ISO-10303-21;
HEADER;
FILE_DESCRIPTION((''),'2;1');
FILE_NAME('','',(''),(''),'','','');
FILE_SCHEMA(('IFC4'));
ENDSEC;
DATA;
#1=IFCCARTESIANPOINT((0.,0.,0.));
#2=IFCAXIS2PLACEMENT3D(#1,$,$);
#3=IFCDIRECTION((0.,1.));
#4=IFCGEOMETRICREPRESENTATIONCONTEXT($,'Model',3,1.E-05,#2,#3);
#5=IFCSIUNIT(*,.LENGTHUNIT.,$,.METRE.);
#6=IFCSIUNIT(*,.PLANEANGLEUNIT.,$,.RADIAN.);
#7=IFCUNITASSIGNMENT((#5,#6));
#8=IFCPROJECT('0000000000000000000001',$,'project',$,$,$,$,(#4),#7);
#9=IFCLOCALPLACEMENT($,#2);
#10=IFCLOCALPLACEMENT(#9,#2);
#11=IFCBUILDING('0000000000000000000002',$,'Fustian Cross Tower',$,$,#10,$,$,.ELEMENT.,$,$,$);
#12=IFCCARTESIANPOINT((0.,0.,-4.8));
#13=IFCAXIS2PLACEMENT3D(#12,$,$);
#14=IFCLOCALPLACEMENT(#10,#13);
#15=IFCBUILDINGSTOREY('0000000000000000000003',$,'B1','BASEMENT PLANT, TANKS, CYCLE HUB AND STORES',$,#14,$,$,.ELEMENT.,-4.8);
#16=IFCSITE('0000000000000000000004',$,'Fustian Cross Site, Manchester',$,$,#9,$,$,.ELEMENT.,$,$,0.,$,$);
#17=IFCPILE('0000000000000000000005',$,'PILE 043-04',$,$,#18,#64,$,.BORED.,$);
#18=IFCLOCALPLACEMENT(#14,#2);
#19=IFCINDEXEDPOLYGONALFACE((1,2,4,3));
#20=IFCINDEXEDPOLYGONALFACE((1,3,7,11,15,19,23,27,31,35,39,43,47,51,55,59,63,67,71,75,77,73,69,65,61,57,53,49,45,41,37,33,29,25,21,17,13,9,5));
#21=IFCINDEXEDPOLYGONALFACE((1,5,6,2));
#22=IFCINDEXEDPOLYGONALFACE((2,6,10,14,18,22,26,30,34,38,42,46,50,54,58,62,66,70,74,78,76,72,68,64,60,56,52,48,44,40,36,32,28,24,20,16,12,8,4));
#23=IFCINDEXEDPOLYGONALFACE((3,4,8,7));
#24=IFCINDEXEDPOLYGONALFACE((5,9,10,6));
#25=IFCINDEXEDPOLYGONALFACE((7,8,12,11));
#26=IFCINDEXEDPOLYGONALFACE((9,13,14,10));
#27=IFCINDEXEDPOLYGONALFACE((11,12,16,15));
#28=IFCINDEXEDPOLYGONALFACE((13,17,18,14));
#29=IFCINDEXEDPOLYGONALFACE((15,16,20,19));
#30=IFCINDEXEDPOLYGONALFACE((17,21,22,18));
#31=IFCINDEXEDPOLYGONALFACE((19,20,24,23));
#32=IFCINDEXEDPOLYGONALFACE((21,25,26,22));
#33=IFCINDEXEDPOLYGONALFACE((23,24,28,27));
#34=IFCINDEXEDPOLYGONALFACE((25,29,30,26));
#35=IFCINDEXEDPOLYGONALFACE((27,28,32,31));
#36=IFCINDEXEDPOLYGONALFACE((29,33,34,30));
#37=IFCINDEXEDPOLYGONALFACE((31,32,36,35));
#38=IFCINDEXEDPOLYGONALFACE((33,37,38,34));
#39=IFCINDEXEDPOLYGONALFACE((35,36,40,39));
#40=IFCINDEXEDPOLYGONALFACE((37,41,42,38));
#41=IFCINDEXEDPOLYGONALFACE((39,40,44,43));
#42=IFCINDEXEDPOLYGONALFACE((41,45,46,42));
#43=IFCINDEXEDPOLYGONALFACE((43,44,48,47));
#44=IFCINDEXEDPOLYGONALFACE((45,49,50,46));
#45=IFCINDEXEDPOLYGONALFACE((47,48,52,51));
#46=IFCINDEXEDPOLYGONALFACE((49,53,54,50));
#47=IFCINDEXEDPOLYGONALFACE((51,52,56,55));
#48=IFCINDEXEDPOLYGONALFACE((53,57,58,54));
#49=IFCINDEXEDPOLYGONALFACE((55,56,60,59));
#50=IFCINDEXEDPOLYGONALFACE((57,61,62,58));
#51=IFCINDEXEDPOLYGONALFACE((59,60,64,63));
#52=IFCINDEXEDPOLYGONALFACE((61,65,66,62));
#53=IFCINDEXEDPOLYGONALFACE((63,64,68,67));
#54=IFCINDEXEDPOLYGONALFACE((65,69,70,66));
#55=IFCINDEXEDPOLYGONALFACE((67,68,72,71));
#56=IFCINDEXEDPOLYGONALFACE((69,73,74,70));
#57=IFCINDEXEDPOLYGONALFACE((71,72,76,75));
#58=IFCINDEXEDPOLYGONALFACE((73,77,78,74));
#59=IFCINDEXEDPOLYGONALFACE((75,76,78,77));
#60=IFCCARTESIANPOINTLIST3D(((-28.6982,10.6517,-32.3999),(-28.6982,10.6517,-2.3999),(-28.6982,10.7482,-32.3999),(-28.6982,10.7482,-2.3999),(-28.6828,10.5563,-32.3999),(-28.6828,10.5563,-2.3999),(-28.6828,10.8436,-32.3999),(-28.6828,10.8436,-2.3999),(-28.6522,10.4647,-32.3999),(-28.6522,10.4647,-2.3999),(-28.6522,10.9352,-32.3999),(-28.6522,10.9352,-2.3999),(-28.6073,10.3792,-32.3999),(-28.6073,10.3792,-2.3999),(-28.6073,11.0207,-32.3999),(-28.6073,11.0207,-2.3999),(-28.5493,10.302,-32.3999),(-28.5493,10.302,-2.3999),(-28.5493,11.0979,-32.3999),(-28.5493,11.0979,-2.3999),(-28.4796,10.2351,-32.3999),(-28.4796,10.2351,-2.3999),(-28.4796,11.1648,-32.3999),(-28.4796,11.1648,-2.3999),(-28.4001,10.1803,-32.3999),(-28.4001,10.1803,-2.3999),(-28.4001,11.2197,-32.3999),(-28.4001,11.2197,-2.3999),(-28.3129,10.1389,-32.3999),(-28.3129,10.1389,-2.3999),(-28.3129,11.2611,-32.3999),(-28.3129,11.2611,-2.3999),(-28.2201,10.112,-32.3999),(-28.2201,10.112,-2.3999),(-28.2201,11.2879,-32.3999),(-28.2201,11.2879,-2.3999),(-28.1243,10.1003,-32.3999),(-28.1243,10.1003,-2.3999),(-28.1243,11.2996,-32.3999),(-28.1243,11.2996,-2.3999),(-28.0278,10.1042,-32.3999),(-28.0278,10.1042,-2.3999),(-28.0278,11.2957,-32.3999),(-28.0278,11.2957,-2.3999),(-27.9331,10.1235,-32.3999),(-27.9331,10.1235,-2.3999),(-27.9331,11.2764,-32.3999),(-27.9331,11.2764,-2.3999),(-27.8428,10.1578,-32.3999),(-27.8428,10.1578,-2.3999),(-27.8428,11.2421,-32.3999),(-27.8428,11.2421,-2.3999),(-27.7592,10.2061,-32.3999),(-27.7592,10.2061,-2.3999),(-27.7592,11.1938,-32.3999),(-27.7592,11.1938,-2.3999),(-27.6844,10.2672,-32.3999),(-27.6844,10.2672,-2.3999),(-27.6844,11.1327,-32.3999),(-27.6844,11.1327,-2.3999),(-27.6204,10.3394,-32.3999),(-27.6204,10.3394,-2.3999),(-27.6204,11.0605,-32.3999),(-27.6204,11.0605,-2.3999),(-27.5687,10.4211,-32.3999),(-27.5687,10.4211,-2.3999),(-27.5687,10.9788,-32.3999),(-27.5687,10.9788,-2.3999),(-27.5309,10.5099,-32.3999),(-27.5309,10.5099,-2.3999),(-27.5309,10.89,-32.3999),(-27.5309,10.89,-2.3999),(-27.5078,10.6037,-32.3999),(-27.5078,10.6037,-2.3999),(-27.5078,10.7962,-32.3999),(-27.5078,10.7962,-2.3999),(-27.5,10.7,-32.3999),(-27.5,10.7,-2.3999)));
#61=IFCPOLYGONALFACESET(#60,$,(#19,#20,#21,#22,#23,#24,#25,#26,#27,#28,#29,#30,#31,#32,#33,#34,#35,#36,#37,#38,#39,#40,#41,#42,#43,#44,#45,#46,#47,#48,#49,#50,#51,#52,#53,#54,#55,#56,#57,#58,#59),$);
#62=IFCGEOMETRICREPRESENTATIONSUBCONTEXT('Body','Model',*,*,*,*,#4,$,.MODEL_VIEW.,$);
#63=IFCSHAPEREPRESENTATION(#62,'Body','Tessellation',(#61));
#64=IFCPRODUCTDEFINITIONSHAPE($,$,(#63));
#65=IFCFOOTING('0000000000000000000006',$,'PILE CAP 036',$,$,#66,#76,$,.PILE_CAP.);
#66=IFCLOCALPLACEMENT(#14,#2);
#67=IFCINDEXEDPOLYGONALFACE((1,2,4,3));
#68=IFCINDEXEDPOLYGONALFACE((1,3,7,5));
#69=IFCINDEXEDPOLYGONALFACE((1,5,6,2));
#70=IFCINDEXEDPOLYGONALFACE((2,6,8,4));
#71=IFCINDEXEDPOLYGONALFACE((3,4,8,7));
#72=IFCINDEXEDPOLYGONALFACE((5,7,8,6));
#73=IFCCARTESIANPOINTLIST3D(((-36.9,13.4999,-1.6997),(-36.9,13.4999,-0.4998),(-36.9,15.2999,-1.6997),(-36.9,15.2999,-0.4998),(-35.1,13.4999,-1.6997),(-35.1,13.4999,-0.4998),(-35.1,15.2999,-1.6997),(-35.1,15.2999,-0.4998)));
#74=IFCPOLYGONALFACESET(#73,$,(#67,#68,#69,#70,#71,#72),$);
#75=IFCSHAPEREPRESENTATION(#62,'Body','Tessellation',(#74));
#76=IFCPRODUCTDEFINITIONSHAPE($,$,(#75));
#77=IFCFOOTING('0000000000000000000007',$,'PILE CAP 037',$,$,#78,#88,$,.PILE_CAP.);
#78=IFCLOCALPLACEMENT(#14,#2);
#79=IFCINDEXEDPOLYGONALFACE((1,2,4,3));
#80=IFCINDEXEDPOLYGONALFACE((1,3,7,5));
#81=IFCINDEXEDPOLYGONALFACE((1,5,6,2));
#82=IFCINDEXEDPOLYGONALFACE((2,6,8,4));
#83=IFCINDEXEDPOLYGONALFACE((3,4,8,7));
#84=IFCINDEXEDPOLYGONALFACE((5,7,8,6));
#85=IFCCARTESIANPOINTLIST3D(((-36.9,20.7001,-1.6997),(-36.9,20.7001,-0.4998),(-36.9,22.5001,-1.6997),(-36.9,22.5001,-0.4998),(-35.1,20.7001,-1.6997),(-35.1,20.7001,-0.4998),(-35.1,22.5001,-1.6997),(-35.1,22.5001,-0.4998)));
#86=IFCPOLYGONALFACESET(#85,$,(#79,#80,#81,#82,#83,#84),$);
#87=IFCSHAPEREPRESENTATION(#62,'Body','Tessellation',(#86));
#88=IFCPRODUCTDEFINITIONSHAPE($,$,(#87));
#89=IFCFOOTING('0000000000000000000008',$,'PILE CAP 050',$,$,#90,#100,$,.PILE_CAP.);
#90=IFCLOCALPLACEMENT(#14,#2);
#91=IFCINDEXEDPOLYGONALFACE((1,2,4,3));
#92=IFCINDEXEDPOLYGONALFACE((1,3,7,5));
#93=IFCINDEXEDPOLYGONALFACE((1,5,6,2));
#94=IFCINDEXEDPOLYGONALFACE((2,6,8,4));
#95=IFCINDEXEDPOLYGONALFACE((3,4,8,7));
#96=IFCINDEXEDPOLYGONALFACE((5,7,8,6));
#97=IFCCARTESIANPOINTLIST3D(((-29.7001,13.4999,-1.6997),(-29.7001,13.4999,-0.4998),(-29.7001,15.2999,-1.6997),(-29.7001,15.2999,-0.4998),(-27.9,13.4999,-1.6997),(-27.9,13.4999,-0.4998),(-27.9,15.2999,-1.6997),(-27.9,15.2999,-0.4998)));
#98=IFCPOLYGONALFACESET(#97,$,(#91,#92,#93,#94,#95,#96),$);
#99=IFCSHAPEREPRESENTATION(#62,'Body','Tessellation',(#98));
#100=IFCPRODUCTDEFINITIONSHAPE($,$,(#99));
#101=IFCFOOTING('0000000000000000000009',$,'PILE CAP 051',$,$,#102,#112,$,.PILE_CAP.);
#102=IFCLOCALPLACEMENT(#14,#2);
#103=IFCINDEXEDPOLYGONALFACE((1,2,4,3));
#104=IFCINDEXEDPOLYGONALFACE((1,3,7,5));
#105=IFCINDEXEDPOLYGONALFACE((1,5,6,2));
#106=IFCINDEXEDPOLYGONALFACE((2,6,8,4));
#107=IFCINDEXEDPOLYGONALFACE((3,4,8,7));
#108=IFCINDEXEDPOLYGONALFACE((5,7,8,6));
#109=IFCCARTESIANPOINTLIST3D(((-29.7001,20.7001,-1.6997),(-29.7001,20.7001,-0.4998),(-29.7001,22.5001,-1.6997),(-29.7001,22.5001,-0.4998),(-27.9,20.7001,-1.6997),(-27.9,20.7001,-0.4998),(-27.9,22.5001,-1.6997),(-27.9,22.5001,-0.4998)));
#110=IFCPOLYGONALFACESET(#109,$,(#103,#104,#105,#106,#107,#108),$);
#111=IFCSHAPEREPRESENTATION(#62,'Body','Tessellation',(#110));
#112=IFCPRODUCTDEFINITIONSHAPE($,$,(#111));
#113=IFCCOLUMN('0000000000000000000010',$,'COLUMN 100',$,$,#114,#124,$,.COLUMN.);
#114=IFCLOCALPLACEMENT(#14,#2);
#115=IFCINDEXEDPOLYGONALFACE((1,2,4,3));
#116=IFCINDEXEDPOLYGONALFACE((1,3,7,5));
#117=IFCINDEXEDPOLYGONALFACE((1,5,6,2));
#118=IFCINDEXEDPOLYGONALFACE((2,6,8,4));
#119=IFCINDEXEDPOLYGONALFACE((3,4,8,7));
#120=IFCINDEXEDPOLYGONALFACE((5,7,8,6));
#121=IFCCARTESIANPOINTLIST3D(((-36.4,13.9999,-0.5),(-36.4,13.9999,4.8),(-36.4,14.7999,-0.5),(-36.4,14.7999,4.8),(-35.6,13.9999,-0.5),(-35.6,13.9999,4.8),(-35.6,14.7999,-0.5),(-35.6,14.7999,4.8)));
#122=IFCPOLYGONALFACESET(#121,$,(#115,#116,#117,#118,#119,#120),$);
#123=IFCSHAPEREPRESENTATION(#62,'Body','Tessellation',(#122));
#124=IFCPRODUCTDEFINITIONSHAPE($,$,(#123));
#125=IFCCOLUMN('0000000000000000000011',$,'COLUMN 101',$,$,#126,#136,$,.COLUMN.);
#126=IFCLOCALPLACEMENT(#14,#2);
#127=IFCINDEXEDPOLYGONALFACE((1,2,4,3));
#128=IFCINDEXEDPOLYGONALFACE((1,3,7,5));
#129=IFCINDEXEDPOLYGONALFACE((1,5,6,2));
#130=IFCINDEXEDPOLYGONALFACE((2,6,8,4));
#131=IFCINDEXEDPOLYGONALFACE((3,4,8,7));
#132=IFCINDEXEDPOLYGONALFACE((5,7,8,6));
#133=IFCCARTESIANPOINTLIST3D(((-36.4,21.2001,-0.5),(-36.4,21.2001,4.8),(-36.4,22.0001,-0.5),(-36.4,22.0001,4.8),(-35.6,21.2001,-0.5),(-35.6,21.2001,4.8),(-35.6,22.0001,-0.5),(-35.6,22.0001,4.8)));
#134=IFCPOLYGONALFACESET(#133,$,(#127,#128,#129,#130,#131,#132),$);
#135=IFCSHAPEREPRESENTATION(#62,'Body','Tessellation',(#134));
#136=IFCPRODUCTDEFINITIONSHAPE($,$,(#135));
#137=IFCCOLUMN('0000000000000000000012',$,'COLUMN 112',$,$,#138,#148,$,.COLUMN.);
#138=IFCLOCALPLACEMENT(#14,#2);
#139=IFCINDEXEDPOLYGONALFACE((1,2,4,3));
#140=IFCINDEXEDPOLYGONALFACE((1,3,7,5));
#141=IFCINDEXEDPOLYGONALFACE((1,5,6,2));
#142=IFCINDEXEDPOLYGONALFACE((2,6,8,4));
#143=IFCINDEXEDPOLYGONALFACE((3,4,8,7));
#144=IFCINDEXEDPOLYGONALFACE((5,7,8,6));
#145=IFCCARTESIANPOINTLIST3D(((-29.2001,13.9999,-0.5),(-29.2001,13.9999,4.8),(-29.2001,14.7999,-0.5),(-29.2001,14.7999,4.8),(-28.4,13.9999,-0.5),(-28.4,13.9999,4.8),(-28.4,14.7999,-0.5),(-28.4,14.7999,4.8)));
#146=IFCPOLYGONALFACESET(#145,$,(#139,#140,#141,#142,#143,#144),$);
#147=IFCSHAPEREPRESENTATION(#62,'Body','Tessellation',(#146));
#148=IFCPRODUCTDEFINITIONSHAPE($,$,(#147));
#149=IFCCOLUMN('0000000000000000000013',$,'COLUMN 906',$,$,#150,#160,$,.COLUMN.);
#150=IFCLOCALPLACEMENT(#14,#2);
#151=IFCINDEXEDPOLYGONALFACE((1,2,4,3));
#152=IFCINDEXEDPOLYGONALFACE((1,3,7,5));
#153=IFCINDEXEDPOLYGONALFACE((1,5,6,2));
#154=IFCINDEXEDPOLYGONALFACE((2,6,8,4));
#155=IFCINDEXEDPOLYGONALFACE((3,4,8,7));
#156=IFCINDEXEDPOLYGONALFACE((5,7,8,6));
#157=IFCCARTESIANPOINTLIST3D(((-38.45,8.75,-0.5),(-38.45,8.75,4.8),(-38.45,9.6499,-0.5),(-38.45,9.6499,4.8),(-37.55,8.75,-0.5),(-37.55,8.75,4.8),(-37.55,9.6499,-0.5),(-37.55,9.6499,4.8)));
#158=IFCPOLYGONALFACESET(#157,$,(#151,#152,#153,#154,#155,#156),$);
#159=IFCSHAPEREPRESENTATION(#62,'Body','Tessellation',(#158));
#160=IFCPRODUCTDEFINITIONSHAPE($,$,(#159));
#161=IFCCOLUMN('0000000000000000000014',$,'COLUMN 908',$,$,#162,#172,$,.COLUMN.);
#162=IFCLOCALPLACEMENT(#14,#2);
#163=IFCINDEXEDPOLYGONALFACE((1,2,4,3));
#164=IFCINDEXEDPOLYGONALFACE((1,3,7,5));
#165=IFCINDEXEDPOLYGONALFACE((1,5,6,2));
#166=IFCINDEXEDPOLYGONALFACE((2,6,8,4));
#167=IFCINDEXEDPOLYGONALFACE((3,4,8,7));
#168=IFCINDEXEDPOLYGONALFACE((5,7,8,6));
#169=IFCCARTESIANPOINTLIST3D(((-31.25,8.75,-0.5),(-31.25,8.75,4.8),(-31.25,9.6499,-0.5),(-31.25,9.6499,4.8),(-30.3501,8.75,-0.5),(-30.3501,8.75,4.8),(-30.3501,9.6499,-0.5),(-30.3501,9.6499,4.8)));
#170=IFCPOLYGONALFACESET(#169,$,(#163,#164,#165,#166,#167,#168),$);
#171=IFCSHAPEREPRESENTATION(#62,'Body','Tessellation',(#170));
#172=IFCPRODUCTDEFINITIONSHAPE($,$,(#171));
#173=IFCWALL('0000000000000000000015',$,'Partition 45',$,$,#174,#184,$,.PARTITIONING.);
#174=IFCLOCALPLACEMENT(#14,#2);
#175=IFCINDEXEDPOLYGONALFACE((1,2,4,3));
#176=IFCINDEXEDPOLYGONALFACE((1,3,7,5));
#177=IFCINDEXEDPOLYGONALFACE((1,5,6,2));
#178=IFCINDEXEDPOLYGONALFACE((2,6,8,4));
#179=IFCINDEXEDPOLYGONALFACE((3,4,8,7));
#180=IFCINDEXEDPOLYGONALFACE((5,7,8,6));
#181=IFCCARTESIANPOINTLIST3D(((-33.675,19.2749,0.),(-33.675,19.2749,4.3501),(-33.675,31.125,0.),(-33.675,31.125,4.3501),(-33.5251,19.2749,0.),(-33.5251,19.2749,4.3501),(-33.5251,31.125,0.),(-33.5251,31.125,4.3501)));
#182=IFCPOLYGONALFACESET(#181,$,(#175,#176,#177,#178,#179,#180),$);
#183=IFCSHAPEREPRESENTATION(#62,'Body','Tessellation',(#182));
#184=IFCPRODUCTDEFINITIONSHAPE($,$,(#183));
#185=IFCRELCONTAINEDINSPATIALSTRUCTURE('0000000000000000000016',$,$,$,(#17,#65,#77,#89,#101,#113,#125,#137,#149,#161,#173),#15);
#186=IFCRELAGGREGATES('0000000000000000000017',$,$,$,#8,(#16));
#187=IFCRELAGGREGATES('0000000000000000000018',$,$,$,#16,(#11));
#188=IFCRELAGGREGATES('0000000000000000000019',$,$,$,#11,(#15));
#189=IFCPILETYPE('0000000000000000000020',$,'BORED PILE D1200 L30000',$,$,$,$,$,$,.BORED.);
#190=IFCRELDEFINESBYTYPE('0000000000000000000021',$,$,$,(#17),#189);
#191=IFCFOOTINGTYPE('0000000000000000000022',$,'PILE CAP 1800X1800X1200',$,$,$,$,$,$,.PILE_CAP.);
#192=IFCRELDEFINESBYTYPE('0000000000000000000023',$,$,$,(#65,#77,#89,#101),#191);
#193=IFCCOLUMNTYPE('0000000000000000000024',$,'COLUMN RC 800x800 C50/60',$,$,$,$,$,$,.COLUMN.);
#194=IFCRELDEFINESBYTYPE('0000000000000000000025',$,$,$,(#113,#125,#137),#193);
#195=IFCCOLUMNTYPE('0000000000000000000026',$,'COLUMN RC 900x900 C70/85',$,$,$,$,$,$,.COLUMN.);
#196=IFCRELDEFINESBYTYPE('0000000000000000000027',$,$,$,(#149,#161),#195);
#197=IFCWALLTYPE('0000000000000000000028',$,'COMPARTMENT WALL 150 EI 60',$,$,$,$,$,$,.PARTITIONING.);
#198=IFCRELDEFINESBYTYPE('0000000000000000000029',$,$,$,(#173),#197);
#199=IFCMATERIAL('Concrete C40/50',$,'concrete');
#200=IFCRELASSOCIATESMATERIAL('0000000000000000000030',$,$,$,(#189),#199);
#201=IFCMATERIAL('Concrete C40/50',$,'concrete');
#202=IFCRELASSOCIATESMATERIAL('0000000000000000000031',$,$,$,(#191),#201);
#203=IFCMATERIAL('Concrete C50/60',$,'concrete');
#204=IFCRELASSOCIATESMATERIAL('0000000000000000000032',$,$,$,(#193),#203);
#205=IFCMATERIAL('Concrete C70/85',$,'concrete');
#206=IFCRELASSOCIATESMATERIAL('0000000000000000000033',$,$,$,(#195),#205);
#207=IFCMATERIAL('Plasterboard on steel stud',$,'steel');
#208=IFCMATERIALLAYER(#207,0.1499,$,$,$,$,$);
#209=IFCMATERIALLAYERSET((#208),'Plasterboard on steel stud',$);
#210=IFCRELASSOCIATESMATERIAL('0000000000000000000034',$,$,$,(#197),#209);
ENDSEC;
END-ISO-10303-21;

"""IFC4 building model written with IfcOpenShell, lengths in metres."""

from ifc_helpers import new_model, si_unit, direction, frame, frame_2d, origin, origin_2d, place, context, subcontext, project, spatial, rectangle, circle, extrude, material, layer, layer_set, material_profile, profile_set, type_object, element, save


model = new_model("IFC4")

# Units and contexts
model_context = context("Model", 3, precision=1e-05, world=origin(), true_north=direction((0.0, 1.0)))
body_context = subcontext(model_context, "Body", "Model", "MODEL_VIEW")
ifc_project = project(units=[si_unit("LENGTHUNIT", "METRE"), si_unit("PLANEANGLEUNIT", "RADIAN")], contexts=[model_context])

# Site, building, storey
site_placement = place(None, origin())
site = spatial("IfcSite", under=ifc_project, at=site_placement, Name="Fustian Cross Site, Manchester", CompositionType="ELEMENT", RefElevation=0.0)
building_placement = place(site_placement, origin())
building = spatial("IfcBuilding", under=site, at=building_placement, Name="Fustian Cross Tower", CompositionType="ELEMENT")
storey_placement = place(building_placement, frame((0.0, 0.0, -4.8)))
storey = spatial("IfcBuildingStorey", under=building, at=storey_placement, Name="B1", Description="BASEMENT PLANT, TANKS, CYCLE HUB AND STORES", CompositionType="ELEMENT", Elevation=-4.8)

# Pile
ifc_material_1 = material(Name="Concrete C40/50", Category="concrete")
ifc_material_profile_1 = material_profile(ifc_material_1, circle(Radius=0.6001, at=origin_2d()), Name="BORED PILE D1200 L30000")
ifc_profile_set_1 = profile_set([ifc_material_profile_1], Name="Concrete C40/50")
pile_type_1 = type_object("IfcPileType", Name="BORED PILE D1200 L30000", PredefinedType="BORED", material=ifc_profile_set_1)
for number, where, z_axis, x_axis, name in (
    (1, (-28.1001, 10.7, -2.3999), (0.0, 0.0, -1.0), (1.0, 0.0, 0.0), "PILE 043-04"),
):
    element("IfcPile", number, at=place(storey_placement, frame(where, z_axis=z_axis, x_axis=x_axis)), inside=storey, type_object=pile_type_1, Name=name, PredefinedType="BORED", context=body_context, shape_type="SweptSolid", body=[
        extrude(circle(Radius=0.6001, at=origin_2d()), origin(), (0.0, 0.0, 1.0), 30.0),
    ])

# Footings
ifc_material_2 = material(Name="Concrete C40/50", Category="concrete")
footing_type = type_object("IfcFootingType", Name="PILE CAP 1800X1800X1200", PredefinedType="PILE_CAP", material=ifc_material_2)
for number, where, z_axis, x_axis, name in (
    (2, (-36.0, 14.3999, -1.6997), (0.0, 0.0, 1.0), (1.0, 0.0, 0.0), "PILE CAP 036"),
    (3, (-36.0, 21.6001, -1.6997), (0.0, 0.0, 1.0), (1.0, 0.0, 0.0), "PILE CAP 037"),
    (4, (-28.8, 14.3999, -1.6997), (0.0, 0.0, 1.0), (1.0, 0.0, 0.0), "PILE CAP 050"),
    (5, (-28.8, 21.6001, -1.6997), (0.0, 0.0, 1.0), (1.0, 0.0, 0.0), "PILE CAP 051"),
):
    element("IfcFooting", number, at=place(storey_placement, frame(where, z_axis=z_axis, x_axis=x_axis)), inside=storey, type_object=footing_type, Name=name, PredefinedType="PILE_CAP", context=body_context, shape_type="SweptSolid", body=[
        extrude(rectangle(XDim=1.8, YDim=1.8, at=origin_2d()), origin(), (0.0, 0.0, 1.0), 1.2),
    ])

# Columns
ifc_material_3 = material(Name="Concrete C50/60", Category="concrete")
ifc_material_profile_2 = material_profile(ifc_material_3, rectangle(XDim=0.8, YDim=0.8, at=origin_2d()), Name="RC 800x800")
ifc_profile_set_2 = profile_set([ifc_material_profile_2], Name="Concrete C50/60")
column_type_1 = type_object("IfcColumnType", Name="COLUMN RC 800x800 C50/60", PredefinedType="COLUMN", material=ifc_profile_set_2)
for number, where, z_axis, x_axis, name in (
    (6, (-36.0, 14.3999, -0.5), (0.0, 0.0, 1.0), (1.0, 0.0, 0.0), "COLUMN 100"),
    (7, (-36.0, 21.6001, -0.5), (0.0, 0.0, 1.0), (1.0, 0.0, 0.0), "COLUMN 101"),
    (8, (-28.8, 14.3999, -0.5), (0.0, 0.0, 1.0), (1.0, 0.0, 0.0), "COLUMN 112"),
):
    element("IfcColumn", number, at=place(storey_placement, frame(where, z_axis=z_axis, x_axis=x_axis)), inside=storey, type_object=column_type_1, Name=name, PredefinedType="COLUMN", context=body_context, shape_type="SweptSolid", body=[
        extrude(rectangle(XDim=0.8, YDim=0.8, at=origin_2d()), origin(), (0.0, 0.0, 1.0), 5.3),
    ])
ifc_material_4 = material(Name="Concrete C70/85", Category="concrete")
ifc_material_profile_3 = material_profile(ifc_material_4, rectangle(XDim=0.8999, YDim=0.8999, at=origin_2d()), Name="RC 900x900")
ifc_profile_set_3 = profile_set([ifc_material_profile_3], Name="Concrete C70/85")
column_type_2 = type_object("IfcColumnType", Name="COLUMN RC 900x900 C70/85", PredefinedType="COLUMN", material=ifc_profile_set_3)
for number, where, z_axis, x_axis, name in (
    (9, (-38.0, 9.2, -0.5), (0.0, 0.0, 1.0), (1.0, 0.0, 0.0), "COLUMN 906"),
    (10, (-30.8, 9.2, -0.5), (0.0, 0.0, 1.0), (1.0, 0.0, 0.0), "COLUMN 908"),
):
    element("IfcColumn", number, at=place(storey_placement, frame(where, z_axis=z_axis, x_axis=x_axis)), inside=storey, type_object=column_type_2, Name=name, PredefinedType="COLUMN", context=body_context, shape_type="SweptSolid", body=[
        extrude(rectangle(XDim=0.8999, YDim=0.8999, at=origin_2d()), origin(), (0.0, 0.0, 1.0), 5.3),
    ])

# Wall
ifc_material_5 = material(Name="Plasterboard on steel stud", Category="steel")
ifc_layer = layer(ifc_material_5, 0.1499)
ifc_layer_set = layer_set([ifc_layer], Name="Plasterboard on steel stud")
wall_type = type_object("IfcWallType", Name="COMPARTMENT WALL 150 EI 60", PredefinedType="PARTITIONING", material=ifc_layer_set)
wall_1_placement = place(storey_placement, frame((-33.6001, 19.2749, 0.0), z_axis=(0.0, 0.0, 1.0), x_axis=(0.0, 1.0, 0.0)))
element("IfcWall", 11, at=wall_1_placement, inside=storey, type_object=wall_type, Name="Partition 45", PredefinedType="PARTITIONING", context=body_context, shape_type="SweptSolid", body=[
    extrude(rectangle(XDim=11.8501, YDim=0.1499, at=frame_2d((5.925, 0.0))), origin(), (0.0, 0.0, 1.0), 4.3501),
])

save(model, "model.ifc")
